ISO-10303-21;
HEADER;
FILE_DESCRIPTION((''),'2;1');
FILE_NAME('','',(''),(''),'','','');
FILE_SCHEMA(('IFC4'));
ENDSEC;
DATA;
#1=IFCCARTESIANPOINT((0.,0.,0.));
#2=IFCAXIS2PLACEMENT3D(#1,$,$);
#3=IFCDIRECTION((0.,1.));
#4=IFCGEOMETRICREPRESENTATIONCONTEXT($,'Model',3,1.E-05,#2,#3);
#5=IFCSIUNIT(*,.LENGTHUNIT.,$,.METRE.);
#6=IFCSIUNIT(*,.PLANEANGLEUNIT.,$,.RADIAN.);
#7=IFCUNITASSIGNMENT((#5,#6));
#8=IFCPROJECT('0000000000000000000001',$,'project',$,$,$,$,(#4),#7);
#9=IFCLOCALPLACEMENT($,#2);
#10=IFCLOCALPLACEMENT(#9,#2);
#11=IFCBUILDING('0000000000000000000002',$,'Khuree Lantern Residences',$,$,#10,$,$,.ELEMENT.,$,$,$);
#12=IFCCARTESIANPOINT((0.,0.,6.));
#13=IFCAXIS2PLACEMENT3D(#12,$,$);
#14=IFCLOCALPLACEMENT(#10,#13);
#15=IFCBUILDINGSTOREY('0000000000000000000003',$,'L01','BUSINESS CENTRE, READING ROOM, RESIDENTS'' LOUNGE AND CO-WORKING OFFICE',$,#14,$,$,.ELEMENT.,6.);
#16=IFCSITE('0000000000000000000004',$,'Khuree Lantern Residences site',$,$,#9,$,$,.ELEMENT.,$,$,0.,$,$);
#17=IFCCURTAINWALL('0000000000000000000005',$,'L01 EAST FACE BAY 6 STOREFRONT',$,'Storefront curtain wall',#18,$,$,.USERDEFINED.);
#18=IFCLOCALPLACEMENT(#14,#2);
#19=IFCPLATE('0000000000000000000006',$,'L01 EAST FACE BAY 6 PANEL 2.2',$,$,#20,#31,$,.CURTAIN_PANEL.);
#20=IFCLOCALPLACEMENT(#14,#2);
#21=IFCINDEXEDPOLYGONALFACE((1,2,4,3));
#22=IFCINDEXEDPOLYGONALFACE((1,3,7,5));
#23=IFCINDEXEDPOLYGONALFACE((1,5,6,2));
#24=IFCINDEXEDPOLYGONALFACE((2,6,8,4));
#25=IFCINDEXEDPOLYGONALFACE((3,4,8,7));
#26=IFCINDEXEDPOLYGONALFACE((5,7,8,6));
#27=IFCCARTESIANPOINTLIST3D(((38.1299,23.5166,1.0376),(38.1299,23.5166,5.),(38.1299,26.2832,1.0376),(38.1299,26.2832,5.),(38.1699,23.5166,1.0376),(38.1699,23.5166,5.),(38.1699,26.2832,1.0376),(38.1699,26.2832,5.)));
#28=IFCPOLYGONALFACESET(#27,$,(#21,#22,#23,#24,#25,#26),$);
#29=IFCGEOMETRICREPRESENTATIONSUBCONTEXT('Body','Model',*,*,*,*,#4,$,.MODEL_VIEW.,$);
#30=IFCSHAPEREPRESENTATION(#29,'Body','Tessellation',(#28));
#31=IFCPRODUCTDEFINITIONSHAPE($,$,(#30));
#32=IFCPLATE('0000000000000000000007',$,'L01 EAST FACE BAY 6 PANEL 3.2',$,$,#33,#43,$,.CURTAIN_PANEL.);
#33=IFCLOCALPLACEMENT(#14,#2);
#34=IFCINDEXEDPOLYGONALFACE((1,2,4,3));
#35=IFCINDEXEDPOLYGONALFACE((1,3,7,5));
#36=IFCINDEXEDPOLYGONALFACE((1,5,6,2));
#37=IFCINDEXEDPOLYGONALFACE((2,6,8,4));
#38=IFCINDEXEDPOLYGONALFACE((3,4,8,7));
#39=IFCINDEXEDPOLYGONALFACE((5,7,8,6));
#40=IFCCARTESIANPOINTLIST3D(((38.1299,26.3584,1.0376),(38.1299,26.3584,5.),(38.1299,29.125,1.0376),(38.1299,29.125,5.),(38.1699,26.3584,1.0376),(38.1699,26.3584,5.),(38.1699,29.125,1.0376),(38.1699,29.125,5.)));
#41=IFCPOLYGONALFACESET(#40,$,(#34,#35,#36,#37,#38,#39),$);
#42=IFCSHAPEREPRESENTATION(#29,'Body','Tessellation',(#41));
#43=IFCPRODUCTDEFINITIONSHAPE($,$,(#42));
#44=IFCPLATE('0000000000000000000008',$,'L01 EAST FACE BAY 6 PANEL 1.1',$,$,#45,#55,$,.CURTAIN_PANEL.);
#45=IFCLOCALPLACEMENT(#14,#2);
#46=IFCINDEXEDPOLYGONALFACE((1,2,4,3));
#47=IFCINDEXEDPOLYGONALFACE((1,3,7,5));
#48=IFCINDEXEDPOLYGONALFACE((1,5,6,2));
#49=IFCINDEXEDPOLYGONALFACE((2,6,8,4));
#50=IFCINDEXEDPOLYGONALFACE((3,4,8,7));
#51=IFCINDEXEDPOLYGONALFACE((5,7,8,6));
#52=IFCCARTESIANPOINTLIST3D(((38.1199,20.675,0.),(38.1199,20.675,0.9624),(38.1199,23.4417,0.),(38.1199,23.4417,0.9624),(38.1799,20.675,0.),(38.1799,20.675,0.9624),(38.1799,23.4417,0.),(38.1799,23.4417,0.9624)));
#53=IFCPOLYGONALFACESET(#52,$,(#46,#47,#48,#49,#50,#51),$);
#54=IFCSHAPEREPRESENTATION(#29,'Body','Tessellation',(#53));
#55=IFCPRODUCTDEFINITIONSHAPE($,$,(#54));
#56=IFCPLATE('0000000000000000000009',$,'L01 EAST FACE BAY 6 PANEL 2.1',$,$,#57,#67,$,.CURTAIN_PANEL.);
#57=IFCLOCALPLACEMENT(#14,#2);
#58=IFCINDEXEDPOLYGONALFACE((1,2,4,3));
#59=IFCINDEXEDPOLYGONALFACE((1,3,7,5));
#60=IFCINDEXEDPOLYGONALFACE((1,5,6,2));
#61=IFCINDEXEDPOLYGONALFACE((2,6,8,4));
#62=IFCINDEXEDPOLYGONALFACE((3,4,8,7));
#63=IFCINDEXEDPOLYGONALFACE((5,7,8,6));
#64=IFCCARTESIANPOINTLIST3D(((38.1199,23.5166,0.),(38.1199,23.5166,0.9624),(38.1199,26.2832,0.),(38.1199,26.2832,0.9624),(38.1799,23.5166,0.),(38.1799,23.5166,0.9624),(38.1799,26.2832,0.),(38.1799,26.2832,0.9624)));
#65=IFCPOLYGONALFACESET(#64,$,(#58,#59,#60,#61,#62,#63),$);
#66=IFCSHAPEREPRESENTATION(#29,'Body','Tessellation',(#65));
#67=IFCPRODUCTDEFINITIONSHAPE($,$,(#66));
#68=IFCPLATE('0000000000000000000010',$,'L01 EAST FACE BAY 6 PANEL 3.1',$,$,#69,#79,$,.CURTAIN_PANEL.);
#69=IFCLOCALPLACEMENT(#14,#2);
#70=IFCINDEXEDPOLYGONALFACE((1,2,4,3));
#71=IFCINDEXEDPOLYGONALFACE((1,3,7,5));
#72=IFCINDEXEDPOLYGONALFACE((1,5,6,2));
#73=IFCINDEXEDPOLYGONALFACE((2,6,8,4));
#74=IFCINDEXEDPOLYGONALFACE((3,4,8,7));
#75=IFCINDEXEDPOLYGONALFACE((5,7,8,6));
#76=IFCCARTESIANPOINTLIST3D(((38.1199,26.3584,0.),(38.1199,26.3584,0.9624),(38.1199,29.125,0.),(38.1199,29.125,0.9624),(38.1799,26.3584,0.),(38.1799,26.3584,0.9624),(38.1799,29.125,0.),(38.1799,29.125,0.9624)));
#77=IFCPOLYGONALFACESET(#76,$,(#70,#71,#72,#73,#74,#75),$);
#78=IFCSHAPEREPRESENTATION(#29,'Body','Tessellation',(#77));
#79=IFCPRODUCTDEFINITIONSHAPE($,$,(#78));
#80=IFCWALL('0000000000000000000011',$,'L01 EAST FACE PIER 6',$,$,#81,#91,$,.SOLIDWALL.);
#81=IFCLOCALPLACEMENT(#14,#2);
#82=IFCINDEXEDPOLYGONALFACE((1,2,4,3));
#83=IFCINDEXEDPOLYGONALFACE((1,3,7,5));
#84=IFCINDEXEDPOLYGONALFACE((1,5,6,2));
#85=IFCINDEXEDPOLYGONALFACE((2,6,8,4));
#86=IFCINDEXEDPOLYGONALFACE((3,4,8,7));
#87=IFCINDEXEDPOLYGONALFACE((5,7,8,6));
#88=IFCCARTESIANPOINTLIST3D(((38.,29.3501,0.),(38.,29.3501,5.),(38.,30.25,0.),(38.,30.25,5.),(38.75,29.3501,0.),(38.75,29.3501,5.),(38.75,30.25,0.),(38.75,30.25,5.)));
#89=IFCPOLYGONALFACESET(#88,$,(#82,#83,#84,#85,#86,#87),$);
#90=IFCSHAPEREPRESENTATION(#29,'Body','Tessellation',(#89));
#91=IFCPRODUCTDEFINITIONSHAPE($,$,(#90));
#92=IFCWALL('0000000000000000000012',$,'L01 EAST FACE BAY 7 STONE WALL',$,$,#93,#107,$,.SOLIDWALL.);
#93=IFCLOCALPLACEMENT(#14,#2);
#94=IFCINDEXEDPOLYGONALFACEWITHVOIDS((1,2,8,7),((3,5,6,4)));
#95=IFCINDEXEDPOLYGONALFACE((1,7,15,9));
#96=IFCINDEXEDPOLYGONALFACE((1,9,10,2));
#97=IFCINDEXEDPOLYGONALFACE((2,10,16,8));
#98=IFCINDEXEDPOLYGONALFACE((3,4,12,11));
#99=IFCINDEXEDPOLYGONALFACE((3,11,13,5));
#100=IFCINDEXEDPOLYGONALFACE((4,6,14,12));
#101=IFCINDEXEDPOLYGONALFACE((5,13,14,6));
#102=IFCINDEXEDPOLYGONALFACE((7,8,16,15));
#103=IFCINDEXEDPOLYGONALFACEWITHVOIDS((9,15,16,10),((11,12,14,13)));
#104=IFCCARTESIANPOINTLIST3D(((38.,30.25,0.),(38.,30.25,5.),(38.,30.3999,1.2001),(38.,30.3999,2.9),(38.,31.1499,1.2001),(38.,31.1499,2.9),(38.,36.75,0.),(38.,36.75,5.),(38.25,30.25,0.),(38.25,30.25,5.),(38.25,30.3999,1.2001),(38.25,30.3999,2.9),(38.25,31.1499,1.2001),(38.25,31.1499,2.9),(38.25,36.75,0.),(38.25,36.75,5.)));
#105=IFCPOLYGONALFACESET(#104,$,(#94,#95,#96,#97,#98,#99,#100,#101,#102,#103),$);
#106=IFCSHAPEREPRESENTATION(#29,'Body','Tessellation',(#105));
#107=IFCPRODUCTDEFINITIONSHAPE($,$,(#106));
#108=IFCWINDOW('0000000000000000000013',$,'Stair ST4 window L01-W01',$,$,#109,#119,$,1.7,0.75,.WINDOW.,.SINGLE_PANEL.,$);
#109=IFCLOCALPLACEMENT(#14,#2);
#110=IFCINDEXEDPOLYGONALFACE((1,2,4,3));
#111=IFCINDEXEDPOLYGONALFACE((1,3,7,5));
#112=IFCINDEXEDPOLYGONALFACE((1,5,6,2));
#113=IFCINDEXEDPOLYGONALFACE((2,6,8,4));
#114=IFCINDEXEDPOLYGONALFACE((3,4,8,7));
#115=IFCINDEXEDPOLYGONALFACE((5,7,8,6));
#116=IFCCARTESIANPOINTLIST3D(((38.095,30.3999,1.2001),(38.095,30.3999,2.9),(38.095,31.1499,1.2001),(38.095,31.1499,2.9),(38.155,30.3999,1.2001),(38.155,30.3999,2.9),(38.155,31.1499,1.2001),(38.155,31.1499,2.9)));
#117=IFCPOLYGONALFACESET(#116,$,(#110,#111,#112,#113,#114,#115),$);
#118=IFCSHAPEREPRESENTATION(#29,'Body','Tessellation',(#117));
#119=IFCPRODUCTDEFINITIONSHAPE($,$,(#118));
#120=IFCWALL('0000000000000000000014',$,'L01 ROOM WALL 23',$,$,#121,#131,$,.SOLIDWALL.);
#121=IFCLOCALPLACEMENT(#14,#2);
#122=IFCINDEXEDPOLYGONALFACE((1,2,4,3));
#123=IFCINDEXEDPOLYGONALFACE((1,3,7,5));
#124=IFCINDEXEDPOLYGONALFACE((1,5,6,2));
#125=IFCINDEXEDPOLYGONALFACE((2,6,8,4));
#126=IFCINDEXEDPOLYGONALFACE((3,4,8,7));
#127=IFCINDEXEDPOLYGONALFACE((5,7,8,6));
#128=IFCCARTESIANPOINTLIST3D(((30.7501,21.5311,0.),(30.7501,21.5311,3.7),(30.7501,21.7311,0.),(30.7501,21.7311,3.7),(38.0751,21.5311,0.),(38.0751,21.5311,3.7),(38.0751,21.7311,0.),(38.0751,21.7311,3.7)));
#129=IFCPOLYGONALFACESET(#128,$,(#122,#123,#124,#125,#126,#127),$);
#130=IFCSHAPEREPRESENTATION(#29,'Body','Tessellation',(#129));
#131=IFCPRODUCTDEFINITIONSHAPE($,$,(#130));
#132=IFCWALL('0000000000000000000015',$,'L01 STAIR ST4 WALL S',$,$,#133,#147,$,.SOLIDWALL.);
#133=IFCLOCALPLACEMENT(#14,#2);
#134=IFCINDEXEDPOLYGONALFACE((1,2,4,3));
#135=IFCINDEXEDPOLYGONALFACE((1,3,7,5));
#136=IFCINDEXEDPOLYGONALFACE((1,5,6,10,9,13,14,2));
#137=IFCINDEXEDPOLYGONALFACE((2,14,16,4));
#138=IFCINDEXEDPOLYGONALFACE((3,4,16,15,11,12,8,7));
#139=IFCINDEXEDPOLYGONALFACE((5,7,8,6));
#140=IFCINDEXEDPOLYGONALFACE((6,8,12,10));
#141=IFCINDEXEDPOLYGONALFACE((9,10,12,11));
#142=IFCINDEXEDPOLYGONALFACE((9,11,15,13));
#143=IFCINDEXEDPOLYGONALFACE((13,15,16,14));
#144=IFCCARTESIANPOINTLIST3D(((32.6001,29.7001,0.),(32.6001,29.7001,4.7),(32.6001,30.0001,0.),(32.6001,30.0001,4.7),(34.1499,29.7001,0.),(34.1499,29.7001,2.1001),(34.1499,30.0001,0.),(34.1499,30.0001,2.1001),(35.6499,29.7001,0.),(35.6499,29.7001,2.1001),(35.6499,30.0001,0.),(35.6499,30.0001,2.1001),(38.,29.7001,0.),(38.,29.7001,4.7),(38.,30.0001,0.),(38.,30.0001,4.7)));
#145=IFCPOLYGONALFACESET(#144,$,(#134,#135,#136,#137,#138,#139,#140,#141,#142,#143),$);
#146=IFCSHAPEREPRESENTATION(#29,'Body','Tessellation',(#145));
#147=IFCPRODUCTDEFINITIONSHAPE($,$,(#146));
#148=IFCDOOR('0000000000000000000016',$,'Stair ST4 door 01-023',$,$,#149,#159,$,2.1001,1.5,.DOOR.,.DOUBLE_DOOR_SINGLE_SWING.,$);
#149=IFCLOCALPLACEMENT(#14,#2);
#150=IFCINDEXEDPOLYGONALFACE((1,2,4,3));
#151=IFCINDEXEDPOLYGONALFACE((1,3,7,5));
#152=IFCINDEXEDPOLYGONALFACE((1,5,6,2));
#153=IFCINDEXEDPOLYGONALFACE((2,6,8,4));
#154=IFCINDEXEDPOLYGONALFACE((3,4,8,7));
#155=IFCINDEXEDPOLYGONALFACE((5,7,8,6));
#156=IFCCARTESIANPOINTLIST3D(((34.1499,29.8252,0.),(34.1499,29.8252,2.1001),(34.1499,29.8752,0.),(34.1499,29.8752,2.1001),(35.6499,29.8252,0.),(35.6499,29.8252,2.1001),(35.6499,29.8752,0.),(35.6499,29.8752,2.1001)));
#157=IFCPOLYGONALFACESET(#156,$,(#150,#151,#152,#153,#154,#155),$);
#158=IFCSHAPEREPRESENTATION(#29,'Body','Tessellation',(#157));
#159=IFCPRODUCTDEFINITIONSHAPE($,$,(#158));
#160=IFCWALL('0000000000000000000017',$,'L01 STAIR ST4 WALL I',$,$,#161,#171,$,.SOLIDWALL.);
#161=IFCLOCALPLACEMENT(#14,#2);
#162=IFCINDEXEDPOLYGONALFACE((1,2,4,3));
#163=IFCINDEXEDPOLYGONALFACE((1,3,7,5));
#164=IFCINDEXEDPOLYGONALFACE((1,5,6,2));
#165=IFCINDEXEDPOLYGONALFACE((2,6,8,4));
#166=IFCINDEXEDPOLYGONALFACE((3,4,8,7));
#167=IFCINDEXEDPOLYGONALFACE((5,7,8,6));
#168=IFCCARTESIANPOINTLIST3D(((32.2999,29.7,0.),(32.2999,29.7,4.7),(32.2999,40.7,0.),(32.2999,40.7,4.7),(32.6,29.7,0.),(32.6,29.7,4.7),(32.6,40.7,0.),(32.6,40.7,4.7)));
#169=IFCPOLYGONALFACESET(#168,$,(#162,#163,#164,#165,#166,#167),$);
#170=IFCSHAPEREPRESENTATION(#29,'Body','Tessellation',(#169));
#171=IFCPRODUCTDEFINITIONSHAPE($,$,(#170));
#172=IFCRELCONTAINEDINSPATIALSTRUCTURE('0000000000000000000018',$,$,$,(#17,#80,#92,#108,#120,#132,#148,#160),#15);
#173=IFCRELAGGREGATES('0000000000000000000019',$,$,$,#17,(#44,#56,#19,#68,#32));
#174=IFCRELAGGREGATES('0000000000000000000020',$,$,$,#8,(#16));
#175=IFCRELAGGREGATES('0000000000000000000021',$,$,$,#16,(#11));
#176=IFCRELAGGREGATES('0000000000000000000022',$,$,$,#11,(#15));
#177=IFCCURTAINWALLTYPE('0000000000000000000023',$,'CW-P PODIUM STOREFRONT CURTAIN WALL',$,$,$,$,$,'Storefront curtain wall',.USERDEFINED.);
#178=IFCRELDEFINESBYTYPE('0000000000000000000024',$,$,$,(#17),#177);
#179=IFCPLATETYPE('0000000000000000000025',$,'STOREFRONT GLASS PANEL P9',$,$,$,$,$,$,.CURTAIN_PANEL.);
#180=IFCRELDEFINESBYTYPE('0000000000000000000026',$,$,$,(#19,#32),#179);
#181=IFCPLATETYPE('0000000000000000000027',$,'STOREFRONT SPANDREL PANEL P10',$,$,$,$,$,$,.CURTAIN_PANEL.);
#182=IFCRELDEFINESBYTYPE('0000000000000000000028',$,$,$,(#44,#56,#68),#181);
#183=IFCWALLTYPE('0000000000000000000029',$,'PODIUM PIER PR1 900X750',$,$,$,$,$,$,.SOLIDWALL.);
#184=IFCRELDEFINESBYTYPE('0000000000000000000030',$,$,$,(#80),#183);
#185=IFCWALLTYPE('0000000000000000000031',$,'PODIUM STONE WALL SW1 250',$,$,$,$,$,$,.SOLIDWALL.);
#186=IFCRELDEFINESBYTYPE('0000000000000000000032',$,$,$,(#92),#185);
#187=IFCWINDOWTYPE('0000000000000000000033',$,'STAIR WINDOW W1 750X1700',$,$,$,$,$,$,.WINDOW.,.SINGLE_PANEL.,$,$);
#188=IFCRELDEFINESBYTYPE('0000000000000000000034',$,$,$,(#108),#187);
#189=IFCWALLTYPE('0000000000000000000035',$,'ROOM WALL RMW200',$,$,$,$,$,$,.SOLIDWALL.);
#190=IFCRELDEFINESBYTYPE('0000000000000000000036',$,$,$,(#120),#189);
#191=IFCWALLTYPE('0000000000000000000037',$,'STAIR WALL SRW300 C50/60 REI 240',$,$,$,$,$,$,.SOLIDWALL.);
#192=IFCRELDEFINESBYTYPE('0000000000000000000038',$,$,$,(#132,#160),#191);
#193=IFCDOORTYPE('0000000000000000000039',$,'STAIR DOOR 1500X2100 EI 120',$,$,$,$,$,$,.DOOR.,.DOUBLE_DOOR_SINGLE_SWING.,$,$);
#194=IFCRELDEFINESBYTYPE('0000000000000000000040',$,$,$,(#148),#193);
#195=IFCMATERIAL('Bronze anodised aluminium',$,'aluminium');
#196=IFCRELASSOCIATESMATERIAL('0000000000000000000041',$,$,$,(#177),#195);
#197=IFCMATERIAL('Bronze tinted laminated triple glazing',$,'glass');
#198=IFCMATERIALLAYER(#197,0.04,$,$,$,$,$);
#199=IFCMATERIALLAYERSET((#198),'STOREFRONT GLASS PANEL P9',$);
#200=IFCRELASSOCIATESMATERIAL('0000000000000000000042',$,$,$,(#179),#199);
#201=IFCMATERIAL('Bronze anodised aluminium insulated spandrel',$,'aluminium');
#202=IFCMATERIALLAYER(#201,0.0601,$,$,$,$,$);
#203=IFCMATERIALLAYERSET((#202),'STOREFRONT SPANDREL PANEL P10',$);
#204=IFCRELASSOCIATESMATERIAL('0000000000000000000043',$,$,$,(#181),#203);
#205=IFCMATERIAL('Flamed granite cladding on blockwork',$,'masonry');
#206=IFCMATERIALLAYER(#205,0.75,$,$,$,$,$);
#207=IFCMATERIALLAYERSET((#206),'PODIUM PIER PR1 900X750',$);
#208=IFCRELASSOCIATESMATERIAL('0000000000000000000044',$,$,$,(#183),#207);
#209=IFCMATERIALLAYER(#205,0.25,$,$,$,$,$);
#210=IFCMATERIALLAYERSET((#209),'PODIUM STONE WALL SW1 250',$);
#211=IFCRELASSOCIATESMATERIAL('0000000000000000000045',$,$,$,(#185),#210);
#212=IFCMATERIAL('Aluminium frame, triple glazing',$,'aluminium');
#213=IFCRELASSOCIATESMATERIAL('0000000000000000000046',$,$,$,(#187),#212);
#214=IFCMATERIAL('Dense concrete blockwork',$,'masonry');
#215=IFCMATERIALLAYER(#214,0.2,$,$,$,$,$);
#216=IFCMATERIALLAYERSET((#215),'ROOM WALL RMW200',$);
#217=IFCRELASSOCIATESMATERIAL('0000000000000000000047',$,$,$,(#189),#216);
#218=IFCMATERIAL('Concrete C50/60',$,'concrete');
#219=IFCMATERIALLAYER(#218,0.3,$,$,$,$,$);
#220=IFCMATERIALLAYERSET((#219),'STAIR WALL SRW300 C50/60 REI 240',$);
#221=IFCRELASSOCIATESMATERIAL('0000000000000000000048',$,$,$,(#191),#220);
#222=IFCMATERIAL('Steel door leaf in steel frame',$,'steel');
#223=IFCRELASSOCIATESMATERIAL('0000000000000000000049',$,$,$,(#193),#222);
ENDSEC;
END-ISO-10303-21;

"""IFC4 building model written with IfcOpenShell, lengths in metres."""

from ifc_helpers import new_model, si_unit, direction, frame, frame_2d, origin, origin_2d, place, context, subcontext, project, spatial, rectangle, extrude, material, layer, layer_set, type_object, element, fill, aggregate, save


model = new_model("IFC4")

# Units and contexts
model_context = context("Model", 3, precision=1e-05, world=origin(), true_north=direction((0.0, 1.0)))
body_context = subcontext(model_context, "Body", "Model", "MODEL_VIEW")
ifc_project = project(units=[si_unit("LENGTHUNIT", "METRE"), si_unit("PLANEANGLEUNIT", "RADIAN")], contexts=[model_context])

# Site, building, storey
site_placement = place(None, origin())
site = spatial("IfcSite", under=ifc_project, at=site_placement, Name="Khuree Lantern Residences site", CompositionType="ELEMENT", RefElevation=0.0)
building_placement = place(site_placement, origin())
building = spatial("IfcBuilding", under=site, at=building_placement, Name="Khuree Lantern Residences", CompositionType="ELEMENT")
storey_placement = place(building_placement, frame((0.0, 0.0, 6.0)))
storey = spatial("IfcBuildingStorey", under=building, at=storey_placement, Name="L01", Description="BUSINESS CENTRE, READING ROOM, RESIDENTS' LOUNGE AND CO-WORKING OFFICE", CompositionType="ELEMENT", Elevation=6.0)

# Curtain wall
ifc_material_1 = material(Name="Bronze anodised aluminium", Category="aluminium")
curtain_wall_type = type_object("IfcCurtainWallType", Name="CW-P PODIUM STOREFRONT CURTAIN WALL", ElementType="Storefront curtain wall", PredefinedType="USERDEFINED", material=ifc_material_1)
curtain_wall_placement = place(storey_placement, origin())
curtain_wall = element("IfcCurtainWall", 1, at=curtain_wall_placement, inside=storey, type_object=curtain_wall_type, Name="L01 EAST FACE BAY 6 STOREFRONT", ObjectType="Storefront curtain wall", PredefinedType="USERDEFINED")

# Plates
ifc_material_2 = material(Name="Bronze tinted laminated triple glazing", Category="glass")
ifc_layer_1 = layer(ifc_material_2, 0.04)
ifc_layer_set_1 = layer_set([ifc_layer_1], Name="STOREFRONT GLASS PANEL P9")
plate_type_1 = type_object("IfcPlateType", Name="STOREFRONT GLASS PANEL P9", PredefinedType="CURTAIN_PANEL", material=ifc_layer_set_1)
plate_1_placement = place(storey_placement, frame((38.1499, 24.8999, 1.0376), z_axis=(0.0, 0.0, 1.0), x_axis=(0.0, 1.0, 0.0)))
plate_1 = element("IfcPlate", 2, at=plate_1_placement, type_object=plate_type_1, Name="L01 EAST FACE BAY 6 PANEL 2.2", PredefinedType="CURTAIN_PANEL", context=body_context, shape_type="SweptSolid", body=[
    extrude(rectangle(XDim=2.7666, YDim=0.04, at=origin_2d()), origin(), (0.0, 0.0, 1.0), 3.9624),
])
plate_2_placement = place(storey_placement, frame((38.1499, 27.7417, 1.0376), z_axis=(0.0, 0.0, 1.0), x_axis=(0.0, 1.0, 0.0)))
plate_2 = element("IfcPlate", 3, at=plate_2_placement, type_object=plate_type_1, Name="L01 EAST FACE BAY 6 PANEL 3.2", PredefinedType="CURTAIN_PANEL", context=body_context, shape_type="SweptSolid", body=[
    extrude(rectangle(XDim=2.7666, YDim=0.04, at=origin_2d()), origin(), (0.0, 0.0, 1.0), 3.9624),
])
ifc_material_3 = material(Name="Bronze anodised aluminium insulated spandrel", Category="aluminium")
ifc_layer_2 = layer(ifc_material_3, 0.0601)
ifc_layer_set_2 = layer_set([ifc_layer_2], Name="STOREFRONT SPANDREL PANEL P10")
plate_type_2 = type_object("IfcPlateType", Name="STOREFRONT SPANDREL PANEL P10", PredefinedType="CURTAIN_PANEL", material=ifc_layer_set_2)
plate_3_placement = place(storey_placement, frame((38.1499, 22.0583, 0.0), z_axis=(0.0, 0.0, 1.0), x_axis=(0.0, 1.0, 0.0)))
plate_3 = element("IfcPlate", 4, at=plate_3_placement, type_object=plate_type_2, Name="L01 EAST FACE BAY 6 PANEL 1.1", PredefinedType="CURTAIN_PANEL", context=body_context, shape_type="SweptSolid", body=[
    extrude(rectangle(XDim=2.7666, YDim=0.0601, at=origin_2d()), origin(), (0.0, 0.0, 1.0), 0.9624),
])
plate_4_placement = place(storey_placement, frame((38.1499, 24.8999, 0.0), z_axis=(0.0, 0.0, 1.0), x_axis=(0.0, 1.0, 0.0)))
plate_4 = element("IfcPlate", 5, at=plate_4_placement, type_object=plate_type_2, Name="L01 EAST FACE BAY 6 PANEL 2.1", PredefinedType="CURTAIN_PANEL", context=body_context, shape_type="SweptSolid", body=[
    extrude(rectangle(XDim=2.7666, YDim=0.0601, at=origin_2d()), origin(), (0.0, 0.0, 1.0), 0.9624),
])
plate_5_placement = place(storey_placement, frame((38.1499, 27.7417, 0.0), z_axis=(0.0, 0.0, 1.0), x_axis=(0.0, 1.0, 0.0)))
plate_5 = element("IfcPlate", 6, at=plate_5_placement, type_object=plate_type_2, Name="L01 EAST FACE BAY 6 PANEL 3.1", PredefinedType="CURTAIN_PANEL", context=body_context, shape_type="SweptSolid", body=[
    extrude(rectangle(XDim=2.7666, YDim=0.0601, at=origin_2d()), origin(), (0.0, 0.0, 1.0), 0.9624),
])
aggregate(curtain_wall, [plate_3, plate_4, plate_1, plate_5, plate_2])

# Wall
ifc_material_4 = material(Name="Flamed granite cladding on blockwork", Category="masonry")
ifc_layer_3 = layer(ifc_material_4, 0.75)
ifc_layer_set_3 = layer_set([ifc_layer_3], Name="PODIUM PIER PR1 900X750")
wall_type_1 = type_object("IfcWallType", Name="PODIUM PIER PR1 900X750", PredefinedType="SOLIDWALL", material=ifc_layer_set_3)
wall_1_placement = place(storey_placement, frame((38.375, 29.3501, 0.0), z_axis=(0.0, 0.0, 1.0), x_axis=(0.0, 1.0, 0.0)))
element("IfcWall", 7, at=wall_1_placement, inside=storey, type_object=wall_type_1, Name="L01 EAST FACE PIER 6", PredefinedType="SOLIDWALL", context=body_context, shape_type="SweptSolid", body=[
    extrude(rectangle(XDim=0.8999, YDim=0.75, at=frame_2d((0.45, 0.0))), origin(), (0.0, 0.0, 1.0), 5.0),
])

# Wall, opening, window
ifc_layer_4 = layer(ifc_material_4, 0.25)
ifc_layer_set_4 = layer_set([ifc_layer_4], Name="PODIUM STONE WALL SW1 250")
wall_type_2 = type_object("IfcWallType", Name="PODIUM STONE WALL SW1 250", PredefinedType="SOLIDWALL", material=ifc_layer_set_4)
wall_2_placement = place(storey_placement, frame((38.125, 30.25, 0.0), z_axis=(0.0, 0.0, 1.0), x_axis=(0.0, 1.0, 0.0)))
wall_2 = element("IfcWall", 8, at=wall_2_placement, inside=storey, type_object=wall_type_2, Name="L01 EAST FACE BAY 7 STONE WALL", PredefinedType="SOLIDWALL", context=body_context, shape_type="SweptSolid", body=[
    extrude(rectangle(XDim=6.5, YDim=0.25, at=frame_2d((3.25, 0.0))), origin(), (0.0, 0.0, 1.0), 5.0),
])
opening_1_placement = place(wall_2_placement, frame((0.1499, 0.0, 1.2)))
opening_1 = element("IfcOpeningElement", 9, at=opening_1_placement, cuts=wall_2, PredefinedType="OPENING", context=body_context, shape_type="SweptSolid", body=[
    extrude(rectangle(XDim=0.75, YDim=1.7, at=frame_2d((0.375, 0.8501))), frame((0.0, 0.135, 0.0), z_axis=(0.0, -1.0, 0.0), x_axis=(1.0, 0.0, 0.0)), (0.0, 0.0, 1.0), 0.27),
])
ifc_material_5 = material(Name="Aluminium frame, triple glazing", Category="aluminium")
window_type = type_object("IfcWindowType", Name="STAIR WINDOW W1 750X1700", PartitioningType="SINGLE_PANEL", PredefinedType="WINDOW", material=ifc_material_5)
window_placement = place(opening_1_placement, origin())
window = element("IfcWindow", 10, at=window_placement, inside=storey, type_object=window_type, Name="Stair ST4 window L01-W01", OverallHeight=1.7, OverallWidth=0.75, PartitioningType="SINGLE_PANEL", PredefinedType="WINDOW", context=body_context, shape_type="SweptSolid", body=[
    extrude(rectangle(XDim=0.75, YDim=1.7, at=frame_2d((0.375, 0.8501))), frame((0.0, 0.03, 0.0), z_axis=(0.0, -1.0, 0.0), x_axis=(1.0, 0.0, 0.0)), (0.0, 0.0, 1.0), 0.0601),
])
fill(opening_1, window)

# Wall
ifc_material_6 = material(Name="Dense concrete blockwork", Category="masonry")
ifc_layer_5 = layer(ifc_material_6, 0.2)
ifc_layer_set_5 = layer_set([ifc_layer_5], Name="ROOM WALL RMW200")
wall_type_3 = type_object("IfcWallType", Name="ROOM WALL RMW200", PredefinedType="SOLIDWALL", material=ifc_layer_set_5)
wall_3_placement = place(storey_placement, frame((30.75, 21.6311, 0.0), z_axis=(0.0, 0.0, 1.0), x_axis=(1.0, 0.0, 0.0)))
element("IfcWall", 11, at=wall_3_placement, inside=storey, type_object=wall_type_3, Name="L01 ROOM WALL 23", PredefinedType="SOLIDWALL", context=body_context, shape_type="SweptSolid", body=[
    extrude(rectangle(XDim=7.325, YDim=0.2, at=frame_2d((3.6626, 0.0))), origin(), (0.0, 0.0, 1.0), 3.7),
])

# Wall, opening, door
ifc_material_7 = material(Name="Concrete C50/60", Category="concrete")
ifc_layer_6 = layer(ifc_material_7, 0.3)
ifc_layer_set_6 = layer_set([ifc_layer_6], Name="STAIR WALL SRW300 C50/60 REI 240")
wall_type_4 = type_object("IfcWallType", Name="STAIR WALL SRW300 C50/60 REI 240", PredefinedType="SOLIDWALL", material=ifc_layer_set_6)
wall_4_placement = place(storey_placement, frame((38.0, 29.8501, 0.0), z_axis=(0.0, 0.0, 1.0), x_axis=(-1.0, 0.0, 0.0)))
wall_4 = element("IfcWall", 12, at=wall_4_placement, inside=storey, type_object=wall_type_4, Name="L01 STAIR ST4 WALL S", PredefinedType="SOLIDWALL", context=body_context, shape_type="SweptSolid", body=[
    extrude(rectangle(XDim=5.3999, YDim=0.3, at=frame_2d((2.7, 0.0))), origin(), (0.0, 0.0, 1.0), 4.7),
])
opening_2_placement = place(wall_4_placement, frame((2.3501, 0.0, 0.0)))
opening_2 = element("IfcOpeningElement", 13, at=opening_2_placement, cuts=wall_4, PredefinedType="OPENING", context=body_context, shape_type="SweptSolid", body=[
    extrude(rectangle(XDim=1.5, YDim=2.1001, at=frame_2d((0.75, 1.05))), frame((0.0, 0.1602, 0.0), z_axis=(0.0, -1.0, 0.0), x_axis=(1.0, 0.0, 0.0)), (0.0, 0.0, 1.0), 0.3201),
])
ifc_material_8 = material(Name="Steel door leaf in steel frame", Category="steel")
door_type = type_object("IfcDoorType", Name="STAIR DOOR 1500X2100 EI 120", OperationType="DOUBLE_DOOR_SINGLE_SWING", PredefinedType="DOOR", material=ifc_material_8)
door_placement = place(opening_2_placement, origin())
door = element("IfcDoor", 14, at=door_placement, inside=storey, type_object=door_type, Name="Stair ST4 door 01-023", OperationType="DOUBLE_DOOR_SINGLE_SWING", OverallHeight=2.1001, OverallWidth=1.5, PredefinedType="DOOR", context=body_context, shape_type="SweptSolid", body=[
    extrude(rectangle(XDim=1.5, YDim=2.1001, at=frame_2d((0.75, 1.05))), frame((0.0, 0.0249, 0.0), z_axis=(0.0, -1.0, 0.0), x_axis=(1.0, 0.0, 0.0)), (0.0, 0.0, 1.0), 0.05),
])
fill(opening_2, door)

# Wall
wall_5_placement = place(storey_placement, frame((32.45, 29.7, 0.0), z_axis=(0.0, 0.0, 1.0), x_axis=(0.0, 1.0, 0.0)))
element("IfcWall", 15, at=wall_5_placement, inside=storey, type_object=wall_type_4, Name="L01 STAIR ST4 WALL I", PredefinedType="SOLIDWALL", context=body_context, shape_type="SweptSolid", body=[
    extrude(rectangle(XDim=11.0, YDim=0.3, at=frame_2d((5.5, 0.0))), origin(), (0.0, 0.0, 1.0), 4.7),
])

save(model, "model.ifc")
